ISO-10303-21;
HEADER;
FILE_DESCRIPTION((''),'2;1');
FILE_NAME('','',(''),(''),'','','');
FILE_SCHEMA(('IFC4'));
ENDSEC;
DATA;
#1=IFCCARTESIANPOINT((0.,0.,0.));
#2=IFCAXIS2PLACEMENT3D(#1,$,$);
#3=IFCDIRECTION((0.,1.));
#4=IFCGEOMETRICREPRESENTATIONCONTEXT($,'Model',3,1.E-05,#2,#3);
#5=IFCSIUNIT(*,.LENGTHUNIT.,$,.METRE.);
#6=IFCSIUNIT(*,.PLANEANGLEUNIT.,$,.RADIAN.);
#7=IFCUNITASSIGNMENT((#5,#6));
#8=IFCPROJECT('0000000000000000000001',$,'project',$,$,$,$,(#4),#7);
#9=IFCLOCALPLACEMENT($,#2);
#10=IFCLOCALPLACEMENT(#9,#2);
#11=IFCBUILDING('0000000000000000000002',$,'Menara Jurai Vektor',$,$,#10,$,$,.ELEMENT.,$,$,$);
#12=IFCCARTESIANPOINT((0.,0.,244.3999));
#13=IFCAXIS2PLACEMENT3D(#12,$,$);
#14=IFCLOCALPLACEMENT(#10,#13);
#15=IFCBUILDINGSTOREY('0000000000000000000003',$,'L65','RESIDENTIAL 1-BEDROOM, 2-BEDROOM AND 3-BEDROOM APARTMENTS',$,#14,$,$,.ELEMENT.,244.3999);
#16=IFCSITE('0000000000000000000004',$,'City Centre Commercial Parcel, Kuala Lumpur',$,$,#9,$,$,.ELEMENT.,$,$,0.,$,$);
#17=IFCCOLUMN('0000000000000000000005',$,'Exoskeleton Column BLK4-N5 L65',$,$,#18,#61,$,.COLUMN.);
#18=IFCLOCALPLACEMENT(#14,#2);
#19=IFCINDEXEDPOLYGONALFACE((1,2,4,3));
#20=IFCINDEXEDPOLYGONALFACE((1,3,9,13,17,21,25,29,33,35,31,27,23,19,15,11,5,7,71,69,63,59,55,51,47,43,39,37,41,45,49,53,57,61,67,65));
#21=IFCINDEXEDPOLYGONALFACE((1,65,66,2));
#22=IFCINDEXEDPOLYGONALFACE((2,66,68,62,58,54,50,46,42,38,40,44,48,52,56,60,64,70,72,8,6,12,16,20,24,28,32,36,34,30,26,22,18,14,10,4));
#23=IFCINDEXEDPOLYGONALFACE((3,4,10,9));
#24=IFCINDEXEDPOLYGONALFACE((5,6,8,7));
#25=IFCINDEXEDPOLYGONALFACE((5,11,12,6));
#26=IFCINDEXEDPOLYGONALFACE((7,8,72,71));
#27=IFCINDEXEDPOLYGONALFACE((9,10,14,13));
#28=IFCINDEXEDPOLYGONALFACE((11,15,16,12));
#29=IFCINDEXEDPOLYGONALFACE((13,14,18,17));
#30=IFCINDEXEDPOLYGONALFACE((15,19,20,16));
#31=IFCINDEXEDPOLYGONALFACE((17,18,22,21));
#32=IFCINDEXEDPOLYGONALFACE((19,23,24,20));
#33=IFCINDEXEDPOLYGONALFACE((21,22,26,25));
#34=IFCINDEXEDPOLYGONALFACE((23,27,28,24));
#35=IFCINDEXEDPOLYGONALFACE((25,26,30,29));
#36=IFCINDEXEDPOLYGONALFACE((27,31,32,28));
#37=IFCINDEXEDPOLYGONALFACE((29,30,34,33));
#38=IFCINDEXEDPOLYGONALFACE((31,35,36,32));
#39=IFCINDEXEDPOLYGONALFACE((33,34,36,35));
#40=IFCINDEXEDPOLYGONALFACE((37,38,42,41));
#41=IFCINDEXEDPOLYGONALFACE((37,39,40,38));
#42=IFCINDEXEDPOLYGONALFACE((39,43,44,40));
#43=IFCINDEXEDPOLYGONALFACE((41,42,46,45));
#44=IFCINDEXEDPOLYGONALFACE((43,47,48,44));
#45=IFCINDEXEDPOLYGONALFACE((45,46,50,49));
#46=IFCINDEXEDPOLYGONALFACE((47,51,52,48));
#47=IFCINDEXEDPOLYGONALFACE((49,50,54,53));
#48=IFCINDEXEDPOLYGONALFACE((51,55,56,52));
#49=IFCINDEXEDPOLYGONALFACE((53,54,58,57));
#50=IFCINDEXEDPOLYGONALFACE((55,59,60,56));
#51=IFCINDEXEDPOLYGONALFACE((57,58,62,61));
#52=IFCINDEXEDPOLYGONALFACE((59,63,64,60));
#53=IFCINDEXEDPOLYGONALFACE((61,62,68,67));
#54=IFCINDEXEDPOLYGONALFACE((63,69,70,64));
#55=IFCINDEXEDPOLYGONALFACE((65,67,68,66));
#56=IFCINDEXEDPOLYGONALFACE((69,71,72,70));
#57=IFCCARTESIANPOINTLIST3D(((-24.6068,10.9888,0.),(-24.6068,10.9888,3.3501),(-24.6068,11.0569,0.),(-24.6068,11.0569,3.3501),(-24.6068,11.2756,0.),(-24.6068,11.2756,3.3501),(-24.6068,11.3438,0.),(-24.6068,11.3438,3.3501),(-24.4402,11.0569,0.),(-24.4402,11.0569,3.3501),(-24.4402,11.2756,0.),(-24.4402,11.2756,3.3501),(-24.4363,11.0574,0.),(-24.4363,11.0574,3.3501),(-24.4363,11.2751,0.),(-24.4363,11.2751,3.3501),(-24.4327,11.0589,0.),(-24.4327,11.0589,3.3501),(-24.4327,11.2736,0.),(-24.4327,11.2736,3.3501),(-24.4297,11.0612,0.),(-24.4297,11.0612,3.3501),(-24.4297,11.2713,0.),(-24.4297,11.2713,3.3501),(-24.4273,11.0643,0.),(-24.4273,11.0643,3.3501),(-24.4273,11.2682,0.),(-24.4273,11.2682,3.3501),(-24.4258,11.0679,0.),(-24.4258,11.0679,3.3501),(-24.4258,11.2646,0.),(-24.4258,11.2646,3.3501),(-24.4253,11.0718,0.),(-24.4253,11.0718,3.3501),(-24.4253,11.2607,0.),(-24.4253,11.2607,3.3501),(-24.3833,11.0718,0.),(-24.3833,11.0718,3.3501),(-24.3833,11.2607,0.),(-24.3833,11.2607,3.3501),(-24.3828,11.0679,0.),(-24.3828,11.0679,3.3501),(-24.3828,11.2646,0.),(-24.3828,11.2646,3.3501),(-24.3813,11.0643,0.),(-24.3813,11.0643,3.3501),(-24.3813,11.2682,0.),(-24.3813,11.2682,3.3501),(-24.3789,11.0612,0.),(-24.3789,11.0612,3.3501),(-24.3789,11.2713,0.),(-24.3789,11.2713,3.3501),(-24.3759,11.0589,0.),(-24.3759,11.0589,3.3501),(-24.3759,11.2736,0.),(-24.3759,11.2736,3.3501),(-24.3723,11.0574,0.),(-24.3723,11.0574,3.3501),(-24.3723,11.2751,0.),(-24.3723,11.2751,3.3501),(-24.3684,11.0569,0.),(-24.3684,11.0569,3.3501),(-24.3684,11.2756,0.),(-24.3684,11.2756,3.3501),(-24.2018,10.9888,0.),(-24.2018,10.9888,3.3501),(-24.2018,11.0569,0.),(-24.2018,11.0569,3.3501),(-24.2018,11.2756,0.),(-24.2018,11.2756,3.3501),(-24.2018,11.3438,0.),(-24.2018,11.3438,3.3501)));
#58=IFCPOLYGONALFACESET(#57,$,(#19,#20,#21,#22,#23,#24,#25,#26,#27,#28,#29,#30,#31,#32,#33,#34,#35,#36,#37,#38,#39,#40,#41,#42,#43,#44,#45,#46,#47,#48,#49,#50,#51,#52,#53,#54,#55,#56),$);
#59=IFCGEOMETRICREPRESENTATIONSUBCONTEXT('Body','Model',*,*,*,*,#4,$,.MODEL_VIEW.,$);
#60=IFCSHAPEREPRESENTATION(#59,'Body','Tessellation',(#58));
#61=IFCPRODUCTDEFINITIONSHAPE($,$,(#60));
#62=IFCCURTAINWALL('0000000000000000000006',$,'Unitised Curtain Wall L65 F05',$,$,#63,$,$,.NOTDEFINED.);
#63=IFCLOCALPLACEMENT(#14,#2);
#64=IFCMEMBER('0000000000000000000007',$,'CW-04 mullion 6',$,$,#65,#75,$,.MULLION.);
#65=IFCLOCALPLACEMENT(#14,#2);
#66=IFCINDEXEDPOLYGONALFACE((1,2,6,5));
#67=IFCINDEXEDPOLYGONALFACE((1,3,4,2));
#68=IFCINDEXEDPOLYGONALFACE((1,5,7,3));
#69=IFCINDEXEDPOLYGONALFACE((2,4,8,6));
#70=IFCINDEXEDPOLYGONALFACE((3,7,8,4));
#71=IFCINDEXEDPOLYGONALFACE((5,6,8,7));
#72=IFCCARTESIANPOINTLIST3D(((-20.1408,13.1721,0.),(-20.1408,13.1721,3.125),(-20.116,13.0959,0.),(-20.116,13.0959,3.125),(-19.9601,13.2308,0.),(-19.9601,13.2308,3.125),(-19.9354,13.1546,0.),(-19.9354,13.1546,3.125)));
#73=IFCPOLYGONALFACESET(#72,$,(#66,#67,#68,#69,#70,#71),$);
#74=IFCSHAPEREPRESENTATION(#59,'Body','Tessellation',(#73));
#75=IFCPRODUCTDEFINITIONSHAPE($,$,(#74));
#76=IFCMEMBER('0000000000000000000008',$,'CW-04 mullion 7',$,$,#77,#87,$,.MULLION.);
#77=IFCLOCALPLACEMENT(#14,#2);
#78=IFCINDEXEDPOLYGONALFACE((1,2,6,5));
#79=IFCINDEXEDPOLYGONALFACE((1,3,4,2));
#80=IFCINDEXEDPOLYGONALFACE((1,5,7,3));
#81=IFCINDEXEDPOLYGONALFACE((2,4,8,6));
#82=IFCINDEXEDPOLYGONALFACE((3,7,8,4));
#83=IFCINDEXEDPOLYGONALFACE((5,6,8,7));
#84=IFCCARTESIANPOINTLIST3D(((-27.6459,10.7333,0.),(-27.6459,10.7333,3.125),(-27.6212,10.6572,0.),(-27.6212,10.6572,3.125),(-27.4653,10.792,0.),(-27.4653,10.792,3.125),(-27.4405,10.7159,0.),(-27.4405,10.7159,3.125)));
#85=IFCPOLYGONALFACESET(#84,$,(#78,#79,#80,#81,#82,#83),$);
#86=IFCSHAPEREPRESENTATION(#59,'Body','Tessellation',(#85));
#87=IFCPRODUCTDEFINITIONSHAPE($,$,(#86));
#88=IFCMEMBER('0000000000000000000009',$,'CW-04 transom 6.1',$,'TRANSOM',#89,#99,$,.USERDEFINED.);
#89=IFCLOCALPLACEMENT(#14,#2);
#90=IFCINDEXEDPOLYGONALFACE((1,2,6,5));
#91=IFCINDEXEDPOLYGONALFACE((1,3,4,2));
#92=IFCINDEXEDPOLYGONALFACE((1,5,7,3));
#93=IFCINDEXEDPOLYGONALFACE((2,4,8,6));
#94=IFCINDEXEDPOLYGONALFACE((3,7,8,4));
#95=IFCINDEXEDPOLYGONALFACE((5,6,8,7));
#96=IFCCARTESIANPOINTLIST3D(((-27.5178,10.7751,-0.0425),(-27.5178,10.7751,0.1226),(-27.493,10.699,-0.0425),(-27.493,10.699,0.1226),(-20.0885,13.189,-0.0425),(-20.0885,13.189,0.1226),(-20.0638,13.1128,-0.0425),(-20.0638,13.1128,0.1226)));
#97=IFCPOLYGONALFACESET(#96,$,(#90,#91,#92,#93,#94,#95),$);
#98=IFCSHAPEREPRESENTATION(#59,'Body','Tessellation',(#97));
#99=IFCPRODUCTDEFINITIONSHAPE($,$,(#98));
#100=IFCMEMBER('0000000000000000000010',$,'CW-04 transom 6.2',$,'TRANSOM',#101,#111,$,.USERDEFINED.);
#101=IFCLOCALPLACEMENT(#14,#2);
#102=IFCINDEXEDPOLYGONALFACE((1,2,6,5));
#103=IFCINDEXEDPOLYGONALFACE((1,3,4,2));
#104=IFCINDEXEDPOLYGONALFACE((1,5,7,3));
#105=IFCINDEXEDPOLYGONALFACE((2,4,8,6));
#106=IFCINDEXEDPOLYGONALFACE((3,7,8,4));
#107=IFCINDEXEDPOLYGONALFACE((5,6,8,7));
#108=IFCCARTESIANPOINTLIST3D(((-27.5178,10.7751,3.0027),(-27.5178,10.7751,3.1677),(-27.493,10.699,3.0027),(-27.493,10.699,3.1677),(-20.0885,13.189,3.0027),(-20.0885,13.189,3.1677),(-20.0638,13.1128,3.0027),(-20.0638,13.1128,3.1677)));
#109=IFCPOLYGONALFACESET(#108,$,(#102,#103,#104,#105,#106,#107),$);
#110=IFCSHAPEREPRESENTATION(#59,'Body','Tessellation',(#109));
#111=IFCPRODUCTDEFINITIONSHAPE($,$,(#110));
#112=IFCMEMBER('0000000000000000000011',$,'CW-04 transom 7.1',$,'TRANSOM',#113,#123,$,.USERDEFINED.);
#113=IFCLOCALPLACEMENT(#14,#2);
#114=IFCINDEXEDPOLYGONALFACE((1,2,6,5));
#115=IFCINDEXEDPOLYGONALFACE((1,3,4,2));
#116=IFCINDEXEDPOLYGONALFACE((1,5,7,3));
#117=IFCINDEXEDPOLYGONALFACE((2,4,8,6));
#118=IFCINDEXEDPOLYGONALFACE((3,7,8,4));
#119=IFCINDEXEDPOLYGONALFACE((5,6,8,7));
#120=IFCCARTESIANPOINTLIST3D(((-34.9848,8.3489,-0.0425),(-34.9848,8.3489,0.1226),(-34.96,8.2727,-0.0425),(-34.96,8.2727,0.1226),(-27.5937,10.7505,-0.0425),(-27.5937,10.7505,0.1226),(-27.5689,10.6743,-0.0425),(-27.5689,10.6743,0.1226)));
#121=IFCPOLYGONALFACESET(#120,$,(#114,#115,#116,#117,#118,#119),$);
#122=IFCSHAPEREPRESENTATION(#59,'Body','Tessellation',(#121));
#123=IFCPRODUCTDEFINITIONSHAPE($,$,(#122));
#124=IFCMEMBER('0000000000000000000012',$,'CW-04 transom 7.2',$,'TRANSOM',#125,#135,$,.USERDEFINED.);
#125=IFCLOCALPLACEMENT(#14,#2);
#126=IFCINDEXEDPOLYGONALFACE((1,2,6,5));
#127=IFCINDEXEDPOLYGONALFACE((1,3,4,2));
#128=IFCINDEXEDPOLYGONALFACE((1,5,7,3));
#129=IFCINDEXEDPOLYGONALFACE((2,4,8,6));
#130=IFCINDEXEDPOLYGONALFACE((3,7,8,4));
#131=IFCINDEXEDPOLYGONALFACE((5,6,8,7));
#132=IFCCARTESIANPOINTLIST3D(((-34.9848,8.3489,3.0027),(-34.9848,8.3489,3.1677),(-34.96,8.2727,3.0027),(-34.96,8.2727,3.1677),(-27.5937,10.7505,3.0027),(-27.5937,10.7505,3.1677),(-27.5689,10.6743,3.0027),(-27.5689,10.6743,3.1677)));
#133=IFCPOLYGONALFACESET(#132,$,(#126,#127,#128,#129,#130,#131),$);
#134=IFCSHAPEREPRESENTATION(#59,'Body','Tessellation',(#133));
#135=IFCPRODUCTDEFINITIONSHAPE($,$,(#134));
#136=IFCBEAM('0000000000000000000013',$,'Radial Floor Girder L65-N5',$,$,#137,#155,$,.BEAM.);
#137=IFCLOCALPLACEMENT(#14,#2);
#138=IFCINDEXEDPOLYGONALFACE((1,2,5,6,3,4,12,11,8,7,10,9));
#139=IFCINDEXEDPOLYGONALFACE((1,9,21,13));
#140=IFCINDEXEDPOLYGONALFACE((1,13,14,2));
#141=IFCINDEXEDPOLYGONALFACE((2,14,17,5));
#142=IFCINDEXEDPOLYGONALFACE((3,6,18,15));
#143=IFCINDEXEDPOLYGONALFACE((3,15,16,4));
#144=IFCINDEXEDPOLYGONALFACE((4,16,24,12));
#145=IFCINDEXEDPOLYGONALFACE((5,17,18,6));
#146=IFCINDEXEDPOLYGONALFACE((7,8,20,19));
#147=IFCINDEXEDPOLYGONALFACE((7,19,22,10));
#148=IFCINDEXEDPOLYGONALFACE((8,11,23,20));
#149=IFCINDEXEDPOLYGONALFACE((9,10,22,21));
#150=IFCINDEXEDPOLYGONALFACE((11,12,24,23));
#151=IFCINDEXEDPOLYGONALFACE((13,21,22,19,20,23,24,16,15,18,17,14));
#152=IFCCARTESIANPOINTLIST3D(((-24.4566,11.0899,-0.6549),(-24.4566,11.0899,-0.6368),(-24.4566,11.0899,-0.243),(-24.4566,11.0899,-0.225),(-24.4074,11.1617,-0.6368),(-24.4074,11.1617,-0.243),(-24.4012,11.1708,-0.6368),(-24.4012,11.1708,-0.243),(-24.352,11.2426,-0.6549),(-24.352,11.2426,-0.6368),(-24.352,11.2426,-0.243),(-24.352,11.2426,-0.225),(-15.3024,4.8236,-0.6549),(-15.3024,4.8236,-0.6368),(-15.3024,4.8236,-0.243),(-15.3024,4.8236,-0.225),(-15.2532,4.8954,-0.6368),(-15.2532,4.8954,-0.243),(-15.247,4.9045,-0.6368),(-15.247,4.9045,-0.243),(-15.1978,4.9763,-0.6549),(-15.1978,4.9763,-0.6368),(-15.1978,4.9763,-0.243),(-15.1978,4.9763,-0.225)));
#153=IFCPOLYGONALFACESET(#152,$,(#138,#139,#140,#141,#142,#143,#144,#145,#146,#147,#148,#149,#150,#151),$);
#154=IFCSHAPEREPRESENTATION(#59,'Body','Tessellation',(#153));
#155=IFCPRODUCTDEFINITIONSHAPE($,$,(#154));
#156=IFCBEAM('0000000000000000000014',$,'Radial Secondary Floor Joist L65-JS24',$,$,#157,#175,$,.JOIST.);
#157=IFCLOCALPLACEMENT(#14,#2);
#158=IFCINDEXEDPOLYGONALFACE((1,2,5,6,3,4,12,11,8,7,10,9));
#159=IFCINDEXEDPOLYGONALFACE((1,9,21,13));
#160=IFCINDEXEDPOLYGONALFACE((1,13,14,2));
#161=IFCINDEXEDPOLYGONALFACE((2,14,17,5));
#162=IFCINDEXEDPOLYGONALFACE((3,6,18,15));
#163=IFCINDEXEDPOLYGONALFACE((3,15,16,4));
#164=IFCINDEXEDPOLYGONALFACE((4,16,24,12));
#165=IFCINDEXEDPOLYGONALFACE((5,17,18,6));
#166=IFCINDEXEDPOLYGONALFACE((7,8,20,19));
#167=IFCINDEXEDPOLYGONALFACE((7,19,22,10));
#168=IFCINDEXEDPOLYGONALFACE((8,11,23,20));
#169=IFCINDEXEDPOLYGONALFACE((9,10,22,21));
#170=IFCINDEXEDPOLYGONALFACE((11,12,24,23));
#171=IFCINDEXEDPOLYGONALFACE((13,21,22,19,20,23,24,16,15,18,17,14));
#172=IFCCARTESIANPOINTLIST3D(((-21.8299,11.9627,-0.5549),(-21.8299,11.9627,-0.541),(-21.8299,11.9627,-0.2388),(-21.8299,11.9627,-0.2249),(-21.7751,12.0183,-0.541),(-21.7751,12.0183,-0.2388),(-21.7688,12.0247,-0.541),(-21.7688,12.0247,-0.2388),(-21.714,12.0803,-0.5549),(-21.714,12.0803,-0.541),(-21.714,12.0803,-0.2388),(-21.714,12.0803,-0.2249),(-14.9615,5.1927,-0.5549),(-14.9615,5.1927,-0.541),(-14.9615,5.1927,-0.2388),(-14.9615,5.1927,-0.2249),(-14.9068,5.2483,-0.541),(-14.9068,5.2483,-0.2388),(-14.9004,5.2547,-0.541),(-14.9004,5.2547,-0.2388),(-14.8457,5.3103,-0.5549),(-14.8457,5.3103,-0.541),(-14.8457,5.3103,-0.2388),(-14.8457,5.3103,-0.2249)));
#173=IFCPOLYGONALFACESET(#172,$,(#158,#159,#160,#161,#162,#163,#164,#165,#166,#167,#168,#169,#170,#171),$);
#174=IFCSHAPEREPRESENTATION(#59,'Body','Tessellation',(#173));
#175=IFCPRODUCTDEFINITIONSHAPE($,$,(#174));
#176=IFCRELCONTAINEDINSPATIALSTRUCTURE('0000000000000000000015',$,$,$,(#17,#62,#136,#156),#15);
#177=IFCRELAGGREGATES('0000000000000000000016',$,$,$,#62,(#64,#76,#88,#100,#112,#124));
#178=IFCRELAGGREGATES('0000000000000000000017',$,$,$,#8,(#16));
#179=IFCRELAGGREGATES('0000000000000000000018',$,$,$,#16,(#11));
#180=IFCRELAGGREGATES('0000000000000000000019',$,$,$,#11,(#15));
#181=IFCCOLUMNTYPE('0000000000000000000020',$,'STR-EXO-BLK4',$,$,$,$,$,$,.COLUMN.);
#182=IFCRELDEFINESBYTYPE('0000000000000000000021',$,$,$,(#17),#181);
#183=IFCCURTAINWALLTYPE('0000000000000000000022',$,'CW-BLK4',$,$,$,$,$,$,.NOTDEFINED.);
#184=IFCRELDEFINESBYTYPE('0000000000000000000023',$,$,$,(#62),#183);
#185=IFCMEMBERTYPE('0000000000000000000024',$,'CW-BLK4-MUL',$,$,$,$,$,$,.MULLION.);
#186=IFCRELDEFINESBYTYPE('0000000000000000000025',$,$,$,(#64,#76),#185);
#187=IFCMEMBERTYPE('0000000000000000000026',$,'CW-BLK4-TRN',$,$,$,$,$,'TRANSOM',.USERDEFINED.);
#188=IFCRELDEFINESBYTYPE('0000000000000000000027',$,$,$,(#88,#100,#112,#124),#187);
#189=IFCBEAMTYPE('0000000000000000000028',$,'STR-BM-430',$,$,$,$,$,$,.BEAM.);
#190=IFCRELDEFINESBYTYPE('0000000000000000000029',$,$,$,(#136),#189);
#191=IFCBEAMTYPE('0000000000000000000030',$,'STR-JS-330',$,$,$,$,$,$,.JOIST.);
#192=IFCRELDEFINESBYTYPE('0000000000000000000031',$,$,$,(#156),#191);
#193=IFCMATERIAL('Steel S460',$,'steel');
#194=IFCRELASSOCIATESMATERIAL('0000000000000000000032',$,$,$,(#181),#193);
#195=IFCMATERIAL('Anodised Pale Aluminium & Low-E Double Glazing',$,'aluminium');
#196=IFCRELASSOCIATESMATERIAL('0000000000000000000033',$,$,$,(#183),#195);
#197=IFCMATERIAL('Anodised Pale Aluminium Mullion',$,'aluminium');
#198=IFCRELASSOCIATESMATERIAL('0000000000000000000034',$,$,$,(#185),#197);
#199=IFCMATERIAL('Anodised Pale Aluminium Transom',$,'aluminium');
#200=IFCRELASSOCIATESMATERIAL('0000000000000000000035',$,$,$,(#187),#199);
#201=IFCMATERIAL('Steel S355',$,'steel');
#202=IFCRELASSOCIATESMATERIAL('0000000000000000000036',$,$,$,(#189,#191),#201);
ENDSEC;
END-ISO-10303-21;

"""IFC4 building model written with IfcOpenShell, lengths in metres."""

from ifc_helpers import new_model, si_unit, direction, frame, origin, origin_2d, place, context, subcontext, project, spatial, rectangle, i_section, extrude, material, material_profile, profile_set, type_object, element, aggregate, save


model = new_model("IFC4")

# Units and contexts
model_context = context("Model", 3, precision=1e-05, world=origin(), true_north=direction((0.0, 1.0)))
body_context = subcontext(model_context, "Body", "Model", "MODEL_VIEW")
ifc_project = project(units=[si_unit("LENGTHUNIT", "METRE"), si_unit("PLANEANGLEUNIT", "RADIAN")], contexts=[model_context])

# Site, building, storey
site_placement = place(None, origin())
site = spatial("IfcSite", under=ifc_project, at=site_placement, Name="City Centre Commercial Parcel, Kuala Lumpur", CompositionType="ELEMENT", RefElevation=0.0)
building_placement = place(site_placement, origin())
building = spatial("IfcBuilding", under=site, at=building_placement, Name="Menara Jurai Vektor", CompositionType="ELEMENT")
storey_placement = place(building_placement, frame((0.0, 0.0, 244.3999)))
storey = spatial("IfcBuildingStorey", under=building, at=storey_placement, Name="L65", Description="RESIDENTIAL 1-BEDROOM, 2-BEDROOM AND 3-BEDROOM APARTMENTS", CompositionType="ELEMENT", Elevation=244.3999)

# Column
ifc_material_1 = material(Name="Steel S460", Category="steel")
ifc_material_profile_1 = material_profile(ifc_material_1, i_section(OverallWidth=0.405, OverallDepth=0.355, WebThickness=0.042, FlangeThickness=0.0681, FilletRadius=0.0149, at=origin_2d()), Name="HD 400x551")
ifc_profile_set_1 = profile_set([ifc_material_profile_1], Name="Steel S460")
column_type = type_object("IfcColumnType", Name="STR-EXO-BLK4", PredefinedType="COLUMN", material=ifc_profile_set_1)
column_placement = place(storey_placement, frame((-24.4043, 11.1663, 0.0), z_axis=(0.0, 0.0, 1.0), x_axis=(1.0, 0.0, 0.0)))
element("IfcColumn", 1, at=column_placement, inside=storey, type_object=column_type, Name="Exoskeleton Column BLK4-N5 L65", PredefinedType="COLUMN", context=body_context, shape_type="SweptSolid", body=[
    extrude(i_section(OverallWidth=0.405, OverallDepth=0.355, WebThickness=0.042, FlangeThickness=0.0681, FilletRadius=0.0149, at=origin_2d()), origin(), (0.0, 0.0, 1.0), 3.3501),
])

# Curtain wall, members
ifc_material_2 = material(Name="Anodised Pale Aluminium & Low-E Double Glazing", Category="aluminium")
curtain_wall_type = type_object("IfcCurtainWallType", Name="CW-BLK4", PredefinedType="NOTDEFINED", material=ifc_material_2)
curtain_wall_placement = place(storey_placement, origin())
curtain_wall = element("IfcCurtainWall", 2, at=curtain_wall_placement, inside=storey, type_object=curtain_wall_type, Name="Unitised Curtain Wall L65 F05", PredefinedType="NOTDEFINED")
ifc_material_3 = material(Name="Anodised Pale Aluminium Mullion", Category="aluminium")
ifc_material_profile_2 = material_profile(ifc_material_3, rectangle(XDim=0.0801, YDim=0.1899, at=origin_2d()), Name="ALU MUL 80x190")
ifc_profile_set_2 = profile_set([ifc_material_profile_2], Name="Anodised Pale Aluminium Mullion")
member_type_1 = type_object("IfcMemberType", Name="CW-BLK4-MUL", PredefinedType="MULLION", material=ifc_profile_set_2)
member_1_placement = place(storey_placement, frame((-20.0381, 13.1633, 0.0), z_axis=(0.0, 0.0, 1.0), x_axis=(0.309017, -0.951056, 0.0)))
member_1 = element("IfcMember", 3, at=member_1_placement, type_object=member_type_1, Name="CW-04 mullion 6", PredefinedType="MULLION", context=body_context, shape_type="SweptSolid", body=[
    extrude(rectangle(XDim=0.0801, YDim=0.1899, at=origin_2d()), origin(), (0.0, 0.0, 1.0), 3.125),
])
member_2_placement = place(storey_placement, frame((-27.5432, 10.7246, 0.0), z_axis=(0.0, 0.0, 1.0), x_axis=(0.309017, -0.951056, 0.0)))
member_2 = element("IfcMember", 4, at=member_2_placement, type_object=member_type_1, Name="CW-04 mullion 7", PredefinedType="MULLION", context=body_context, shape_type="SweptSolid", body=[
    extrude(rectangle(XDim=0.0801, YDim=0.1899, at=origin_2d()), origin(), (0.0, 0.0, 1.0), 3.125),
])
ifc_material_4 = material(Name="Anodised Pale Aluminium Transom", Category="aluminium")
ifc_material_profile_3 = material_profile(ifc_material_4, rectangle(XDim=0.0801, YDim=0.165, at=origin_2d()), Name="ALU TRN 80x165")
ifc_profile_set_3 = profile_set([ifc_material_profile_3], Name="Anodised Pale Aluminium Transom")
member_type_2 = type_object("IfcMemberType", Name="CW-BLK4-TRN", ElementType="TRANSOM", PredefinedType="USERDEFINED", material=ifc_profile_set_3)
member_3_placement = place(storey_placement, frame((-20.0762, 13.1509, 0.04), z_axis=(-0.951059, -0.309008, 0.0), x_axis=(0.309008, -0.951059, 0.0)))
member_3 = element("IfcMember", 5, at=member_3_placement, type_object=member_type_2, Name="CW-04 transom 6.1", ObjectType="TRANSOM", PredefinedType="USERDEFINED", context=body_context, shape_type="SweptSolid", body=[
    extrude(rectangle(XDim=0.0801, YDim=0.165, at=origin_2d()), origin(), (0.0, 0.0, 1.0), 7.8115),
])
member_4_placement = place(storey_placement, frame((-20.0762, 13.1509, 3.0852), z_axis=(-0.951059, -0.309008, 0.0), x_axis=(0.309008, -0.951059, 0.0)))
member_4 = element("IfcMember", 6, at=member_4_placement, type_object=member_type_2, Name="CW-04 transom 6.2", ObjectType="TRANSOM", PredefinedType="USERDEFINED", context=body_context, shape_type="SweptSolid", body=[
    extrude(rectangle(XDim=0.0801, YDim=0.165, at=origin_2d()), origin(), (0.0, 0.0, 1.0), 7.8115),
])
member_5_placement = place(storey_placement, frame((-27.5813, 10.7124, 0.04), z_axis=(-0.951053, -0.309028, 0.0), x_axis=(0.309028, -0.951053, 0.0)))
member_5 = element("IfcMember", 7, at=member_5_placement, type_object=member_type_2, Name="CW-04 transom 7.1", ObjectType="TRANSOM", PredefinedType="USERDEFINED", context=body_context, shape_type="SweptSolid", body=[
    extrude(rectangle(XDim=0.0801, YDim=0.165, at=origin_2d()), origin(), (0.0, 0.0, 1.0), 7.7715),
])
member_6_placement = place(storey_placement, frame((-27.5813, 10.7124, 3.0852), z_axis=(-0.951053, -0.309028, 0.0), x_axis=(0.309028, -0.951053, 0.0)))
member_6 = element("IfcMember", 8, at=member_6_placement, type_object=member_type_2, Name="CW-04 transom 7.2", ObjectType="TRANSOM", PredefinedType="USERDEFINED", context=body_context, shape_type="SweptSolid", body=[
    extrude(rectangle(XDim=0.0801, YDim=0.165, at=origin_2d()), origin(), (0.0, 0.0, 1.0), 7.7715),
])

# Beams
ifc_material_5 = material(Name="Steel S355", Category="steel")
ifc_material_profile_4 = material_profile(ifc_material_5, i_section(OverallWidth=0.1851, OverallDepth=0.4299, WebThickness=0.011, FlangeThickness=0.0181, at=origin_2d()), Name="PG 430x185x76")
ifc_profile_set_4 = profile_set([ifc_material_profile_4], Name="Steel S355")
beam_type_1 = type_object("IfcBeamType", Name="STR-BM-430", PredefinedType="BEAM", material=ifc_profile_set_4)
beam_1_placement = place(storey_placement, frame((-24.4043, 11.1663, -0.4399), z_axis=(0.825186, -0.564861, 0.0), x_axis=(0.564861, 0.825186, 0.0)))
element("IfcBeam", 9, at=beam_1_placement, inside=storey, type_object=beam_type_1, Name="Radial Floor Girder L65-N5", PredefinedType="BEAM", context=body_context, shape_type="SweptSolid", body=[
    extrude(i_section(OverallWidth=0.1851, OverallDepth=0.4299, WebThickness=0.011, FlangeThickness=0.0181, at=origin_2d()), origin(), (0.0, 0.0, 1.0), 11.0935),
])
ifc_material_profile_5 = material_profile(ifc_material_5, i_section(OverallWidth=0.165, OverallDepth=0.3301, WebThickness=0.009, FlangeThickness=0.0139, at=origin_2d()), Name="PG 330x165x46")
ifc_profile_set_5 = profile_set([ifc_material_profile_5], Name="Steel S355")
beam_type_2 = type_object("IfcBeamType", Name="STR-JS-330", PredefinedType="JOIST", material=ifc_profile_set_5)
beam_2_placement = place(storey_placement, frame((-21.772, 12.0215, -0.3899), z_axis=(0.712189, -0.701987, 0.0), x_axis=(0.701987, 0.712189, 0.0)))
element("IfcBeam", 10, at=beam_2_placement, inside=storey, type_object=beam_type_2, Name="Radial Secondary Floor Joist L65-JS24", PredefinedType="JOIST", context=body_context, shape_type="SweptSolid", body=[
    extrude(i_section(OverallWidth=0.165, OverallDepth=0.3301, WebThickness=0.009, FlangeThickness=0.0139, at=origin_2d()), origin(), (0.0, 0.0, 1.0), 9.644),
])

aggregate(curtain_wall, [member_1, member_2, member_3, member_4, member_5, member_6])

save(model, "model.ifc")
